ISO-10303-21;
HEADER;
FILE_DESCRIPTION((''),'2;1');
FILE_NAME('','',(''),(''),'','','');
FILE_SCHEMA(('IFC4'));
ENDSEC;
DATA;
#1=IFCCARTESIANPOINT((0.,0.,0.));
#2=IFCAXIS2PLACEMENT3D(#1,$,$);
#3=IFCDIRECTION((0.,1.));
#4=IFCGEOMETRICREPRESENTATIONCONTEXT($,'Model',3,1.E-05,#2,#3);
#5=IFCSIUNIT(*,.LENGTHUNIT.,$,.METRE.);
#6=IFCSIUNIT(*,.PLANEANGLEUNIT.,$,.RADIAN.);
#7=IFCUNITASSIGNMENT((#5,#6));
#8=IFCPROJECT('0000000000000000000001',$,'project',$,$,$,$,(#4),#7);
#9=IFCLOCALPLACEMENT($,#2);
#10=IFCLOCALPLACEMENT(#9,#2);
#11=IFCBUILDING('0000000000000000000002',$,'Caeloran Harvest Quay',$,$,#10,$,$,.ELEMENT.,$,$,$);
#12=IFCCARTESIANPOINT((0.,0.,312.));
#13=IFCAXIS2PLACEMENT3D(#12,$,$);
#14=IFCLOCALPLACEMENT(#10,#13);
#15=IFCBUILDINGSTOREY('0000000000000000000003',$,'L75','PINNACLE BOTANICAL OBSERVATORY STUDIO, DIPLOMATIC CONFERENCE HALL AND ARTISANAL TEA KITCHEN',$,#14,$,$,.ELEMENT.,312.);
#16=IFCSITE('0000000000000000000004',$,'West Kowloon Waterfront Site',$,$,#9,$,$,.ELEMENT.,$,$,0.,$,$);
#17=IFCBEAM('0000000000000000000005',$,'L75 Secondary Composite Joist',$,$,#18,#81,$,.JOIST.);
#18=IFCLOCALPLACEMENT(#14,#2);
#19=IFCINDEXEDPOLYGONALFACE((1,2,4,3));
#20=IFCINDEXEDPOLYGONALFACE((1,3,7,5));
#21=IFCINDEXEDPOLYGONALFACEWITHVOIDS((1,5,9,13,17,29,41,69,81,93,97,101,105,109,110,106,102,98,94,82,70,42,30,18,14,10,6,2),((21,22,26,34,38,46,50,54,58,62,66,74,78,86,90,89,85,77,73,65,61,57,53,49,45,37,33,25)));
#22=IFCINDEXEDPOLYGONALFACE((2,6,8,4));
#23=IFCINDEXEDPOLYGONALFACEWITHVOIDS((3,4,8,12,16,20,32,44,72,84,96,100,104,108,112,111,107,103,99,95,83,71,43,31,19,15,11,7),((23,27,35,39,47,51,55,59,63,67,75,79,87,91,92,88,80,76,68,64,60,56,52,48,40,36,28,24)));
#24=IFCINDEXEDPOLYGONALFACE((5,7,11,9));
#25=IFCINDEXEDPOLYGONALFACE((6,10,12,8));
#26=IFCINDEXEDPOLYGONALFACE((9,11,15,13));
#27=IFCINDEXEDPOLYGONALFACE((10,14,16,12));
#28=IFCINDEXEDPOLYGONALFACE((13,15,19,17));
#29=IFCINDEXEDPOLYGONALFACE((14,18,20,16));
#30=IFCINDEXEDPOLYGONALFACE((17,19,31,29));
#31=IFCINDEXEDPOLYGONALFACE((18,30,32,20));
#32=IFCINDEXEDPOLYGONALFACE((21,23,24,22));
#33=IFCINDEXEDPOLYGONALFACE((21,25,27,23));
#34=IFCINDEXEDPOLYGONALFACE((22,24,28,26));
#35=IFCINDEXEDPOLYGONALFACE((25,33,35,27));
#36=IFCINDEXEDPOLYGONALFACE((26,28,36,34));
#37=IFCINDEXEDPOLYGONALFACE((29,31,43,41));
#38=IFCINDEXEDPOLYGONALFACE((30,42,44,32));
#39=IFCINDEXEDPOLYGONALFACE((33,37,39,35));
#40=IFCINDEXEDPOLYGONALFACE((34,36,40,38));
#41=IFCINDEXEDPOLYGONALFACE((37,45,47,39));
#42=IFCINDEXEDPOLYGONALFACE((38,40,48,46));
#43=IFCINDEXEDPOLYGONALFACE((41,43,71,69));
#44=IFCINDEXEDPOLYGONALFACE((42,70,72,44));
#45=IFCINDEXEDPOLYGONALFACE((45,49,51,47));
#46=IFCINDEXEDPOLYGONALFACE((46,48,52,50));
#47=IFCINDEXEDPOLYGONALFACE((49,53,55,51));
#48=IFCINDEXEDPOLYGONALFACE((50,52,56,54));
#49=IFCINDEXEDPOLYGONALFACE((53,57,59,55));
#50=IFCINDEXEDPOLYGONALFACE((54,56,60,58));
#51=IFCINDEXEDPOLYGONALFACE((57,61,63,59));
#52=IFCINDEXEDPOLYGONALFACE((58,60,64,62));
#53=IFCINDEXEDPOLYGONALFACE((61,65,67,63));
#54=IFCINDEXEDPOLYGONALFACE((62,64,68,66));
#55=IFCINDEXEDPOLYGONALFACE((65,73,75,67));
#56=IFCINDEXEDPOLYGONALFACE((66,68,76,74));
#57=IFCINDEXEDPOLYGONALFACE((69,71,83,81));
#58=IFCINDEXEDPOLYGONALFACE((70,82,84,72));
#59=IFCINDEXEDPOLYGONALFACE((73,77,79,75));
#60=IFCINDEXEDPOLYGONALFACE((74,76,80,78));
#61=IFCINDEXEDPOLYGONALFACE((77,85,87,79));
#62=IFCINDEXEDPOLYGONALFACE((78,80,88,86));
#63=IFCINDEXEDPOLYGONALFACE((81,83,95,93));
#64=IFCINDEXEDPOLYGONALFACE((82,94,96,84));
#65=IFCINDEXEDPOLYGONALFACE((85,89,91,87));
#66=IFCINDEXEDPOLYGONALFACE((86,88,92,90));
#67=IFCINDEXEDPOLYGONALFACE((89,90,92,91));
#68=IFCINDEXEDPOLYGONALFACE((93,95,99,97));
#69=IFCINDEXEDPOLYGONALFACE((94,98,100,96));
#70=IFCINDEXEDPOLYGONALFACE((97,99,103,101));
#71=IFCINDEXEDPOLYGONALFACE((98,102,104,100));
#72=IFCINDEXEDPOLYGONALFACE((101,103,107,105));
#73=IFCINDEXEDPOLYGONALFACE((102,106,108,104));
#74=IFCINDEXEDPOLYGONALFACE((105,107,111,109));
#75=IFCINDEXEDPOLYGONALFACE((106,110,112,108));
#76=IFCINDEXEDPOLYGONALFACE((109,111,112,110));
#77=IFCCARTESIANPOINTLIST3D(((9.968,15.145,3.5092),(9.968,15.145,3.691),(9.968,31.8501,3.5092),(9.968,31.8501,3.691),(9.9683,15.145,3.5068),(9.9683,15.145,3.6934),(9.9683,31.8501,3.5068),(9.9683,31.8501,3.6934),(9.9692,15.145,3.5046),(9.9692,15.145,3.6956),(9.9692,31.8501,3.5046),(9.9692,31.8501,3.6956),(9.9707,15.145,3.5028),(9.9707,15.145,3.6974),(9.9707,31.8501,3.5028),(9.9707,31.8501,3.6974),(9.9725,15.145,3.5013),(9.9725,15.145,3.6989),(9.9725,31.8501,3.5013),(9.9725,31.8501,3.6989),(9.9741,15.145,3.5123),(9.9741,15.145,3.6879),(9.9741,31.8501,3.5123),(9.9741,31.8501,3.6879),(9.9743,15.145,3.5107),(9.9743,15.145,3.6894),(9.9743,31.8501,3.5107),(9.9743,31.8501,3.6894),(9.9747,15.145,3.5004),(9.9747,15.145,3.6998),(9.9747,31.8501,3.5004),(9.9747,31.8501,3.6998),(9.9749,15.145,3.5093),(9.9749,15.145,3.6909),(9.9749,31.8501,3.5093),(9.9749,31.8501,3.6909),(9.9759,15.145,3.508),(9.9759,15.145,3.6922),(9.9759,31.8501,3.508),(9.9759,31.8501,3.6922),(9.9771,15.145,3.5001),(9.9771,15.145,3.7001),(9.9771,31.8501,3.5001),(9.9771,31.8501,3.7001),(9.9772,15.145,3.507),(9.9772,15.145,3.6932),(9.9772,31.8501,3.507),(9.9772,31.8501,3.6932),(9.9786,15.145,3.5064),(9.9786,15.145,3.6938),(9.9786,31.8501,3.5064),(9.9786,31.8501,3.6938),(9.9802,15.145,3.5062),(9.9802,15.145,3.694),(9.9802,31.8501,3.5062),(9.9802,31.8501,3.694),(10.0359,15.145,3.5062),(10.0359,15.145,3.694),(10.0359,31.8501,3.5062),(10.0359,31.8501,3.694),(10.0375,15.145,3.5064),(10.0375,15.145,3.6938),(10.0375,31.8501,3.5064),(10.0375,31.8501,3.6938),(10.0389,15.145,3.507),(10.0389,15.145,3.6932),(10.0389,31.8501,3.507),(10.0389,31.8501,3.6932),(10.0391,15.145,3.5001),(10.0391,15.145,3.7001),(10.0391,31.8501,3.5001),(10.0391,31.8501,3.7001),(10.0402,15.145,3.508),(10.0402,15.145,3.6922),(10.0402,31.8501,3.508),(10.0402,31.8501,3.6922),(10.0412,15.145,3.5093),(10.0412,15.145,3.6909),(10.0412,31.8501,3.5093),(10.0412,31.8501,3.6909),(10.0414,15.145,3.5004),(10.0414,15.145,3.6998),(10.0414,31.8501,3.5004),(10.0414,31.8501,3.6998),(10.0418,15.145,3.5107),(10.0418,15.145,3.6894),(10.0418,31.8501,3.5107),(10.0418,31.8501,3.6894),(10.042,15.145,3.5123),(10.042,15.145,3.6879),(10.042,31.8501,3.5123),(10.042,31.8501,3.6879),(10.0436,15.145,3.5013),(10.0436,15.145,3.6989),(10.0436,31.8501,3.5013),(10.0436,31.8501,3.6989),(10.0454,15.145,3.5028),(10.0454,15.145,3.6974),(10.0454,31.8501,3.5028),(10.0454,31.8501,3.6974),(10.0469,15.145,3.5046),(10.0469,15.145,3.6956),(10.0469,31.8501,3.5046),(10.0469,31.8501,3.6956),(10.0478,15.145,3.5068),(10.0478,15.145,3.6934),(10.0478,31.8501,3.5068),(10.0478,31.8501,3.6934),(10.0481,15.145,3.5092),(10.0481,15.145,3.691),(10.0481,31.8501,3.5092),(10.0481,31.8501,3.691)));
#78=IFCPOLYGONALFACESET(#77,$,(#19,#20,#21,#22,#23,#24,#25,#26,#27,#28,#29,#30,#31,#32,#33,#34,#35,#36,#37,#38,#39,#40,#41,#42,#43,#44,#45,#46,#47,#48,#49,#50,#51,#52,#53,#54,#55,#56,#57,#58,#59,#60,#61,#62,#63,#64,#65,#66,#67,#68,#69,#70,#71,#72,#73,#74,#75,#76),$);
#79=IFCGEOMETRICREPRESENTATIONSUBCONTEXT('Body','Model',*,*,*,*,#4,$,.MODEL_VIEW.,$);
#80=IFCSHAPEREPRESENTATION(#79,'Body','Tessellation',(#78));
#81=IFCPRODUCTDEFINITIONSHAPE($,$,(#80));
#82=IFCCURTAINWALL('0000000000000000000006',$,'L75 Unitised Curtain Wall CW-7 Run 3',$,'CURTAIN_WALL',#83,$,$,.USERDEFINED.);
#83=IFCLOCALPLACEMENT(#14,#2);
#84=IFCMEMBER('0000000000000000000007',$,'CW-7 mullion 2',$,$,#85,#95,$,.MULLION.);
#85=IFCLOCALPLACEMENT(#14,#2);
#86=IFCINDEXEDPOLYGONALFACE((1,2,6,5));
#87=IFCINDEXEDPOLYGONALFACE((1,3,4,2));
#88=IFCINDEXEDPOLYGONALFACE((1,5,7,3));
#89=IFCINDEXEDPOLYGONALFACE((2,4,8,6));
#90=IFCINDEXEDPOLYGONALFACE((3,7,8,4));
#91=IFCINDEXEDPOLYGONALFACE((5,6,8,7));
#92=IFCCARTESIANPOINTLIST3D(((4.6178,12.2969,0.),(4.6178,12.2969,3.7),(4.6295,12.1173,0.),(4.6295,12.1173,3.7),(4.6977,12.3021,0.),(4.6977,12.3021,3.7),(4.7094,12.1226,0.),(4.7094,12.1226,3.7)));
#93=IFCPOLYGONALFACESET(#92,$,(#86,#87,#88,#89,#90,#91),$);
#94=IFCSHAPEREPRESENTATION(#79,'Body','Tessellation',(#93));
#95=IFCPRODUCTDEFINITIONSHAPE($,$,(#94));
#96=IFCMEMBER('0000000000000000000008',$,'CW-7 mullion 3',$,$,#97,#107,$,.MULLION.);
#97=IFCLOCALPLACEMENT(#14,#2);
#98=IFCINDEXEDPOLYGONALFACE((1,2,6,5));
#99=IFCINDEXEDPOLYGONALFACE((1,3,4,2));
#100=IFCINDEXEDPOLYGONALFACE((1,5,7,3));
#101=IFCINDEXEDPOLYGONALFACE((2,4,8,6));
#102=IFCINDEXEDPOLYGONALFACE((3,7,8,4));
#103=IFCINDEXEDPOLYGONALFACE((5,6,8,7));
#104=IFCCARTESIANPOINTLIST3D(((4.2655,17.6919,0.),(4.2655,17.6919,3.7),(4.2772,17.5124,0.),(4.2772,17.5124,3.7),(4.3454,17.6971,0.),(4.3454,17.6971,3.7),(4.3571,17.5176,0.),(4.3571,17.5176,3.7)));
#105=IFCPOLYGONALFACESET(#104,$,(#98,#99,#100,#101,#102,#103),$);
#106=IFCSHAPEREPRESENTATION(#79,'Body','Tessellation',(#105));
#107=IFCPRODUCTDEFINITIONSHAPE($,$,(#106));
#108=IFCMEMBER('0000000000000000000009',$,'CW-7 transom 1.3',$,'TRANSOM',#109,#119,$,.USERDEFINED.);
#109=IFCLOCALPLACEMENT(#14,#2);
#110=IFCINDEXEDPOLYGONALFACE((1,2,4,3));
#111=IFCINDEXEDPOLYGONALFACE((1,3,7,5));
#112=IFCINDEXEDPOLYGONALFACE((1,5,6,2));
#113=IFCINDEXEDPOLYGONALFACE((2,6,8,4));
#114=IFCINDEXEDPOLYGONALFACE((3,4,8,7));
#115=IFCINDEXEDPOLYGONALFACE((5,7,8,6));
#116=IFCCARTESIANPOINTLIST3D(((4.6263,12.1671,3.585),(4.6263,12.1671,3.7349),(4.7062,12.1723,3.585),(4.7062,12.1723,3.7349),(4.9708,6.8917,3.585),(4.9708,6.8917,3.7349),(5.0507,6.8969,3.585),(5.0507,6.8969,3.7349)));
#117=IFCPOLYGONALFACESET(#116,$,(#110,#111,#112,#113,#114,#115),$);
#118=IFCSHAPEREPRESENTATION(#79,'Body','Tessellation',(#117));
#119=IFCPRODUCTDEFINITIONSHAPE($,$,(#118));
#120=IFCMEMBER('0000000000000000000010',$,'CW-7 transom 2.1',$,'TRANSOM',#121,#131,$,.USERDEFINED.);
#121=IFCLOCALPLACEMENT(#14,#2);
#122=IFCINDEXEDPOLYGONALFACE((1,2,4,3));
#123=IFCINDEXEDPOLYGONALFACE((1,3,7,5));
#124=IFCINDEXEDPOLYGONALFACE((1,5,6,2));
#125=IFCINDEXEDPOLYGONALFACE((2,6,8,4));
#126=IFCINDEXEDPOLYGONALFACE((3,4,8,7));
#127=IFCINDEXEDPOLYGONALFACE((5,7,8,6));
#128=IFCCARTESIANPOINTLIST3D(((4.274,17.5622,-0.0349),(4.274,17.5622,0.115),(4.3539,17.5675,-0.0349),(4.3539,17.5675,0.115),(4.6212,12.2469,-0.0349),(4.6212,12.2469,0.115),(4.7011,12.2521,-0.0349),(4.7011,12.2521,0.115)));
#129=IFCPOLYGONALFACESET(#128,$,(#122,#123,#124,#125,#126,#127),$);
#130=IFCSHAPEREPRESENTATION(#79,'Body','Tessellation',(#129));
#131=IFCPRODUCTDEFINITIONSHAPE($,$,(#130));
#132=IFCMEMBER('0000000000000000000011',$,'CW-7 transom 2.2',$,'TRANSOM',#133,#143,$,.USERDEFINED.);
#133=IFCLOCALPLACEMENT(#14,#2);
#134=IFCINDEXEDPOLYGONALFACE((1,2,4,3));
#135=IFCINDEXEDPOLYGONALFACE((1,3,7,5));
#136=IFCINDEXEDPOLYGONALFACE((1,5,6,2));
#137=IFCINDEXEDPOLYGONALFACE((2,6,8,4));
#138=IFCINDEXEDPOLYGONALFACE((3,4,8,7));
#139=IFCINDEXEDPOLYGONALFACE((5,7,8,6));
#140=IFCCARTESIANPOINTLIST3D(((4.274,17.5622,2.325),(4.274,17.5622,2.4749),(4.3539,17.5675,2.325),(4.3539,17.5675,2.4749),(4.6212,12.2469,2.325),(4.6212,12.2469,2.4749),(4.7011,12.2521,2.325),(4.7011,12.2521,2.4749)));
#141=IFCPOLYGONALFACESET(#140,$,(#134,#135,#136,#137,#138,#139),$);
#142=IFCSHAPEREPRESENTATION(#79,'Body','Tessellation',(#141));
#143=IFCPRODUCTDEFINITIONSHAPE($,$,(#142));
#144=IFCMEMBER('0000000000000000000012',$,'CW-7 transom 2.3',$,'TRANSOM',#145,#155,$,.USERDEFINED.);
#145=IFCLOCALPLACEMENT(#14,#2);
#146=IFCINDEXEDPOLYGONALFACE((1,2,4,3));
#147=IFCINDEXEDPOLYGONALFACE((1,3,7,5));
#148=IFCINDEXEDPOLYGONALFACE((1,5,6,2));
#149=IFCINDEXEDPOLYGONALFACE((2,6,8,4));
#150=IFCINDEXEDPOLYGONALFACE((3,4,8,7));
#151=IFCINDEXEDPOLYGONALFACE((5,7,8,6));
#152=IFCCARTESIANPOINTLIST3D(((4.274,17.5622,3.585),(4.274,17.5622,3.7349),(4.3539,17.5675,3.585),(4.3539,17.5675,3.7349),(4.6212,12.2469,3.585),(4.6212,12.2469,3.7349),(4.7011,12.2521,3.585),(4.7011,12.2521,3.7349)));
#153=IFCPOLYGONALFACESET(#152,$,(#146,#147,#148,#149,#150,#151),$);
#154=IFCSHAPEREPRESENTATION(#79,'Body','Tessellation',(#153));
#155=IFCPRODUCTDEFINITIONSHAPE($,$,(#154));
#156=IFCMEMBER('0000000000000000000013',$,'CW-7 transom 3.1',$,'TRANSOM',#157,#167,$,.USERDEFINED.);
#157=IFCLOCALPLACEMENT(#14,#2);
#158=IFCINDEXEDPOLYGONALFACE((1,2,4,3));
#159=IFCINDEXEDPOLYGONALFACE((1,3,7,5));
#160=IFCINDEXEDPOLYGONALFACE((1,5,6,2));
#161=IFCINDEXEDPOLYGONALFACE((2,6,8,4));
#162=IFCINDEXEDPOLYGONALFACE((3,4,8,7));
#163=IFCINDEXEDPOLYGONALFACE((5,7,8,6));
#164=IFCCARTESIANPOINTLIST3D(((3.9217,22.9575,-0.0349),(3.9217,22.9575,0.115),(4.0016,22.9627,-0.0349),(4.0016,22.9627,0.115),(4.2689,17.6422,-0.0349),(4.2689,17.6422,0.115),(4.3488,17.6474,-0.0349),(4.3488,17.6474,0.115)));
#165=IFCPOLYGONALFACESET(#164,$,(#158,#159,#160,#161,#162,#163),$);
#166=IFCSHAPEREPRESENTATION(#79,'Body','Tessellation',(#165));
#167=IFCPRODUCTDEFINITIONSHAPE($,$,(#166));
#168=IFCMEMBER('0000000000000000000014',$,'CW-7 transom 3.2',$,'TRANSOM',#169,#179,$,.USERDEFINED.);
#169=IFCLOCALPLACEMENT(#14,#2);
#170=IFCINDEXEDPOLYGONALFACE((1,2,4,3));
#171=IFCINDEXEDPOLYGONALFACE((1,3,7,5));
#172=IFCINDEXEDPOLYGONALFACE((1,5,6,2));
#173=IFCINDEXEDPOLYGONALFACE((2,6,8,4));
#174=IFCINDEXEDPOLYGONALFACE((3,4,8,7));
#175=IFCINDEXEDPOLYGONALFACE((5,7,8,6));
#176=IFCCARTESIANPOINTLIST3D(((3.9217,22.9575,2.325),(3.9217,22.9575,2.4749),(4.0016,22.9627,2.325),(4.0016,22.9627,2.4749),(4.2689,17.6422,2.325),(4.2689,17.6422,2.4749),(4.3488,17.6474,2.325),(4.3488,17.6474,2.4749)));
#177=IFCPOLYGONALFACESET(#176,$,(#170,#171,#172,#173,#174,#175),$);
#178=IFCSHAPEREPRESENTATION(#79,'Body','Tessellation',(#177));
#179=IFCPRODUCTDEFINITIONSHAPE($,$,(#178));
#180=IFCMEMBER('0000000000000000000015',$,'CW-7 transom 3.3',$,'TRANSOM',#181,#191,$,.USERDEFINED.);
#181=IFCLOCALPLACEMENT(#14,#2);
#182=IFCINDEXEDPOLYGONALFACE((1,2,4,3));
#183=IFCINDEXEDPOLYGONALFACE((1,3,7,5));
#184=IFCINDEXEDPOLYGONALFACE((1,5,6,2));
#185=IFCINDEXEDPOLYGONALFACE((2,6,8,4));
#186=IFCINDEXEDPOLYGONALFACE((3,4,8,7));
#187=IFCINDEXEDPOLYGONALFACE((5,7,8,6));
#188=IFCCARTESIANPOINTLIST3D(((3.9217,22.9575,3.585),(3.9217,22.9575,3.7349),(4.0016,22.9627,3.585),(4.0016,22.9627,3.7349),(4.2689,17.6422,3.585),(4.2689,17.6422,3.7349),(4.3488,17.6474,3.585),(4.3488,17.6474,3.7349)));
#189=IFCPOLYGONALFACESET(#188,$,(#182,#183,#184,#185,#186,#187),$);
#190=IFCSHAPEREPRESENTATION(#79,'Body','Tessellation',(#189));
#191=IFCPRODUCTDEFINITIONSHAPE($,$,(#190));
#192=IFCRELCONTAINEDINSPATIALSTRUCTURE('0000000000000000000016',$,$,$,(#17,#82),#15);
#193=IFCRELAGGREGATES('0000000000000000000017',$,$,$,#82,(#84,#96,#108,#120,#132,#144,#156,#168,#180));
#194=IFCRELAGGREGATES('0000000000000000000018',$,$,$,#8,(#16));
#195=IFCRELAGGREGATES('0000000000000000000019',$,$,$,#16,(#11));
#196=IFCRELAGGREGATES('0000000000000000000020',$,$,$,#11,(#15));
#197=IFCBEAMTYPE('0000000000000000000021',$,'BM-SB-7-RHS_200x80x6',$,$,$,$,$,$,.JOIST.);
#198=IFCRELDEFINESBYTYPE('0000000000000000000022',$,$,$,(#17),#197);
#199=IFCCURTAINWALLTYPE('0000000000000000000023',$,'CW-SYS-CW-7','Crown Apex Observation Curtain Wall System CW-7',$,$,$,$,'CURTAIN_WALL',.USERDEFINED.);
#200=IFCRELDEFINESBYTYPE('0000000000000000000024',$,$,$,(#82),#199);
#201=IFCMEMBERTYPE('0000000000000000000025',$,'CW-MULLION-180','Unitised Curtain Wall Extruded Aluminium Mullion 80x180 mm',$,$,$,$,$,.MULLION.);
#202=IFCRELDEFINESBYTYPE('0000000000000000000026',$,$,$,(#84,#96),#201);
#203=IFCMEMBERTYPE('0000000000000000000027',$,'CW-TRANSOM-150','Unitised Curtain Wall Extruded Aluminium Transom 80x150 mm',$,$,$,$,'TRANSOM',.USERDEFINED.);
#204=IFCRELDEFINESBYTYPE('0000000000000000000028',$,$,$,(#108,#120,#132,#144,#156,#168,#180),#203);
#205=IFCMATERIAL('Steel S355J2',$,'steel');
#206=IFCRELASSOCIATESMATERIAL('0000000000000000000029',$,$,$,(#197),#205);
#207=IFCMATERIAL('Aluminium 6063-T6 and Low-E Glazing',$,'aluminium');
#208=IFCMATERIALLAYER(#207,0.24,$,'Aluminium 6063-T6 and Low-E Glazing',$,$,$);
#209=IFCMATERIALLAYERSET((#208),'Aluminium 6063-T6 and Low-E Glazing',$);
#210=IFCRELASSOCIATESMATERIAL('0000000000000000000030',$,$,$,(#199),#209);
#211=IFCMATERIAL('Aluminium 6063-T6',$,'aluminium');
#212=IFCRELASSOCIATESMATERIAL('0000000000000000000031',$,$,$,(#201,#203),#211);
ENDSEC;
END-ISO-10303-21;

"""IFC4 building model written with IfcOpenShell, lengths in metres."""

from ifc_helpers import new_model, si_unit, direction, frame, origin, origin_2d, place, context, subcontext, project, spatial, rectangle, hollow_rectangle, extrude, material, layer, layer_set, material_profile, profile_set, type_object, element, aggregate, save


model = new_model("IFC4")

# Units and contexts
model_context = context("Model", 3, precision=1e-05, world=origin(), true_north=direction((0.0, 1.0)))
body_context = subcontext(model_context, "Body", "Model", "MODEL_VIEW")
ifc_project = project(units=[si_unit("LENGTHUNIT", "METRE"), si_unit("PLANEANGLEUNIT", "RADIAN")], contexts=[model_context])

# Site, building, storey
site_placement = place(None, origin())
site = spatial("IfcSite", under=ifc_project, at=site_placement, Name="West Kowloon Waterfront Site", CompositionType="ELEMENT", RefElevation=0.0)
building_placement = place(site_placement, origin())
building = spatial("IfcBuilding", under=site, at=building_placement, Name="Caeloran Harvest Quay", CompositionType="ELEMENT")
storey_placement = place(building_placement, frame((0.0, 0.0, 312.0)))
storey = spatial("IfcBuildingStorey", under=building, at=storey_placement, Name="L75", Description="PINNACLE BOTANICAL OBSERVATORY STUDIO, DIPLOMATIC CONFERENCE HALL AND ARTISANAL TEA KITCHEN", CompositionType="ELEMENT", Elevation=312.0)

# Beam
ifc_material_1 = material(Name="Steel S355J2", Category="steel")
ifc_material_profile_1 = material_profile(ifc_material_1, hollow_rectangle(XDim=0.0801, YDim=0.2, WallThickness=0.0061, InnerFilletRadius=0.0061, OuterFilletRadius=0.009, at=origin_2d()), Name="RHS 200x80x6")
ifc_profile_set_1 = profile_set([ifc_material_profile_1], Name="Steel S355J2")
beam_type_1 = type_object("IfcBeamType", Name="BM-SB-7-RHS_200x80x6", PredefinedType="JOIST", material=ifc_profile_set_1)
for number, where, z_axis, x_axis, name in (
    (1, (10.0081, 15.145, 3.6001), (0.0, 1.0, 0.0), (-1.0, 0.0, 0.0), "L75 Secondary Composite Joist"),
):
    element("IfcBeam", number, at=place(storey_placement, frame(where, z_axis=z_axis, x_axis=x_axis)), inside=storey, type_object=beam_type_1, Name=name, PredefinedType="JOIST", context=body_context, shape_type="SweptSolid", body=[
        extrude(hollow_rectangle(XDim=0.0801, YDim=0.2, WallThickness=0.0061, InnerFilletRadius=0.0061, OuterFilletRadius=0.009, at=origin_2d()), origin(), (0.0, 0.0, 1.0), 16.7051),
    ])

# Curtain wall, members
ifc_material_2 = material(Name="Aluminium 6063-T6 and Low-E Glazing", Category="aluminium")
ifc_layer_1 = layer(ifc_material_2, 0.24, Name="Aluminium 6063-T6 and Low-E Glazing")
ifc_layer_set_1 = layer_set([ifc_layer_1], Name="Aluminium 6063-T6 and Low-E Glazing")
curtain_wall_type = type_object("IfcCurtainWallType", Name="CW-SYS-CW-7", Description="Crown Apex Observation Curtain Wall System CW-7", ElementType="CURTAIN_WALL", PredefinedType="USERDEFINED", material=ifc_layer_set_1)
curtain_wall_placement = place(storey_placement, origin())
curtain_wall = element("IfcCurtainWall", 2, at=curtain_wall_placement, inside=storey, type_object=curtain_wall_type, Name="L75 Unitised Curtain Wall CW-7 Run 3", ObjectType="CURTAIN_WALL", PredefinedType="USERDEFINED")
ifc_material_3 = material(Name="Aluminium 6063-T6", Category="aluminium")
ifc_material_profile_2 = material_profile(ifc_material_3, rectangle(XDim=0.0801, YDim=0.1799, at=origin_2d()), Name="CW-MULLION-180")
ifc_profile_set_2 = profile_set([ifc_material_profile_2], Name="Aluminium 6063-T6")
member_type_1 = type_object("IfcMemberType", Name="CW-MULLION-180", Description="Unitised Curtain Wall Extruded Aluminium Mullion 80x180 mm", PredefinedType="MULLION", material=ifc_profile_set_2)
member_1_placement = place(storey_placement, frame((4.6636, 12.2097, 0.0), z_axis=(0.0, 0.0, 1.0), x_axis=(-0.997874, -0.065167, 0.0)))
member_1 = element("IfcMember", 3, at=member_1_placement, type_object=member_type_1, Name="CW-7 mullion 2", PredefinedType="MULLION", context=body_context, shape_type="SweptSolid", body=[
    extrude(rectangle(XDim=0.0801, YDim=0.1799, at=origin_2d()), origin(), (0.0, 0.0, 1.0), 3.7),
])
member_2_placement = place(storey_placement, frame((4.3113, 17.6047, 0.0), z_axis=(0.0, 0.0, 1.0), x_axis=(-0.997874, -0.065167, 0.0)))
member_2 = element("IfcMember", 4, at=member_2_placement, type_object=member_type_1, Name="CW-7 mullion 3", PredefinedType="MULLION", context=body_context, shape_type="SweptSolid", body=[
    extrude(rectangle(XDim=0.0801, YDim=0.1799, at=origin_2d()), origin(), (0.0, 0.0, 1.0), 3.7),
])
ifc_material_profile_3 = material_profile(ifc_material_3, rectangle(XDim=0.0801, YDim=0.1499, at=origin_2d()), Name="CW-TRANSOM-150")
ifc_profile_set_3 = profile_set([ifc_material_profile_3], Name="Aluminium 6063-T6")
member_type_2 = type_object("IfcMemberType", Name="CW-TRANSOM-150", Description="Unitised Curtain Wall Extruded Aluminium Transom 80x150 mm", ElementType="TRANSOM", PredefinedType="USERDEFINED", material=ifc_profile_set_3)
member_3_placement = place(storey_placement, frame((5.0107, 6.8943, 3.6599), z_axis=(-0.065161, 0.997875, 0.0), x_axis=(-0.997875, -0.065161, 0.0)))
member_3 = element("IfcMember", 5, at=member_3_placement, type_object=member_type_2, Name="CW-7 transom 1.3", ObjectType="TRANSOM", PredefinedType="USERDEFINED", context=body_context, shape_type="SweptSolid", body=[
    extrude(rectangle(XDim=0.0801, YDim=0.1499, at=origin_2d()), origin(), (0.0, 0.0, 1.0), 5.2866),
])
member_4_placement = place(storey_placement, frame((4.6611, 12.2495, 0.04), z_axis=(-0.065174, 0.997874, 0.0), x_axis=(-0.997874, -0.065174, 0.0)))
member_4 = element("IfcMember", 6, at=member_4_placement, type_object=member_type_2, Name="CW-7 transom 2.1", ObjectType="TRANSOM", PredefinedType="USERDEFINED", context=body_context, shape_type="SweptSolid", body=[
    extrude(rectangle(XDim=0.0801, YDim=0.1499, at=origin_2d()), origin(), (0.0, 0.0, 1.0), 5.3267),
])
member_5_placement = place(storey_placement, frame((4.6611, 12.2495, 2.3999), z_axis=(-0.065174, 0.997874, 0.0), x_axis=(-0.997874, -0.065174, 0.0)))
member_5 = element("IfcMember", 7, at=member_5_placement, type_object=member_type_2, Name="CW-7 transom 2.2", ObjectType="TRANSOM", PredefinedType="USERDEFINED", context=body_context, shape_type="SweptSolid", body=[
    extrude(rectangle(XDim=0.0801, YDim=0.1499, at=origin_2d()), origin(), (0.0, 0.0, 1.0), 5.3267),
])
member_6_placement = place(storey_placement, frame((4.6611, 12.2495, 3.6599), z_axis=(-0.065174, 0.997874, 0.0), x_axis=(-0.997874, -0.065174, 0.0)))
member_6 = element("IfcMember", 8, at=member_6_placement, type_object=member_type_2, Name="CW-7 transom 2.3", ObjectType="TRANSOM", PredefinedType="USERDEFINED", context=body_context, shape_type="SweptSolid", body=[
    extrude(rectangle(XDim=0.0801, YDim=0.1499, at=origin_2d()), origin(), (0.0, 0.0, 1.0), 5.3267),
])
member_7_placement = place(storey_placement, frame((4.3088, 17.6448, 0.04), z_axis=(-0.065174, 0.997874, 0.0), x_axis=(-0.997874, -0.065174, 0.0)))
member_7 = element("IfcMember", 9, at=member_7_placement, type_object=member_type_2, Name="CW-7 transom 3.1", ObjectType="TRANSOM", PredefinedType="USERDEFINED", context=body_context, shape_type="SweptSolid", body=[
    extrude(rectangle(XDim=0.0801, YDim=0.1499, at=origin_2d()), origin(), (0.0, 0.0, 1.0), 5.3267),
])
member_8_placement = place(storey_placement, frame((4.3088, 17.6448, 2.3999), z_axis=(-0.065174, 0.997874, 0.0), x_axis=(-0.997874, -0.065174, 0.0)))
member_8 = element("IfcMember", 10, at=member_8_placement, type_object=member_type_2, Name="CW-7 transom 3.2", ObjectType="TRANSOM", PredefinedType="USERDEFINED", context=body_context, shape_type="SweptSolid", body=[
    extrude(rectangle(XDim=0.0801, YDim=0.1499, at=origin_2d()), origin(), (0.0, 0.0, 1.0), 5.3267),
])
member_9_placement = place(storey_placement, frame((4.3088, 17.6448, 3.6599), z_axis=(-0.065174, 0.997874, 0.0), x_axis=(-0.997874, -0.065174, 0.0)))
member_9 = element("IfcMember", 11, at=member_9_placement, type_object=member_type_2, Name="CW-7 transom 3.3", ObjectType="TRANSOM", PredefinedType="USERDEFINED", context=body_context, shape_type="SweptSolid", body=[
    extrude(rectangle(XDim=0.0801, YDim=0.1499, at=origin_2d()), origin(), (0.0, 0.0, 1.0), 5.3267),
])
aggregate(curtain_wall, [member_1, member_2, member_3, member_4, member_5, member_6, member_7, member_8, member_9])

save(model, "model.ifc")
